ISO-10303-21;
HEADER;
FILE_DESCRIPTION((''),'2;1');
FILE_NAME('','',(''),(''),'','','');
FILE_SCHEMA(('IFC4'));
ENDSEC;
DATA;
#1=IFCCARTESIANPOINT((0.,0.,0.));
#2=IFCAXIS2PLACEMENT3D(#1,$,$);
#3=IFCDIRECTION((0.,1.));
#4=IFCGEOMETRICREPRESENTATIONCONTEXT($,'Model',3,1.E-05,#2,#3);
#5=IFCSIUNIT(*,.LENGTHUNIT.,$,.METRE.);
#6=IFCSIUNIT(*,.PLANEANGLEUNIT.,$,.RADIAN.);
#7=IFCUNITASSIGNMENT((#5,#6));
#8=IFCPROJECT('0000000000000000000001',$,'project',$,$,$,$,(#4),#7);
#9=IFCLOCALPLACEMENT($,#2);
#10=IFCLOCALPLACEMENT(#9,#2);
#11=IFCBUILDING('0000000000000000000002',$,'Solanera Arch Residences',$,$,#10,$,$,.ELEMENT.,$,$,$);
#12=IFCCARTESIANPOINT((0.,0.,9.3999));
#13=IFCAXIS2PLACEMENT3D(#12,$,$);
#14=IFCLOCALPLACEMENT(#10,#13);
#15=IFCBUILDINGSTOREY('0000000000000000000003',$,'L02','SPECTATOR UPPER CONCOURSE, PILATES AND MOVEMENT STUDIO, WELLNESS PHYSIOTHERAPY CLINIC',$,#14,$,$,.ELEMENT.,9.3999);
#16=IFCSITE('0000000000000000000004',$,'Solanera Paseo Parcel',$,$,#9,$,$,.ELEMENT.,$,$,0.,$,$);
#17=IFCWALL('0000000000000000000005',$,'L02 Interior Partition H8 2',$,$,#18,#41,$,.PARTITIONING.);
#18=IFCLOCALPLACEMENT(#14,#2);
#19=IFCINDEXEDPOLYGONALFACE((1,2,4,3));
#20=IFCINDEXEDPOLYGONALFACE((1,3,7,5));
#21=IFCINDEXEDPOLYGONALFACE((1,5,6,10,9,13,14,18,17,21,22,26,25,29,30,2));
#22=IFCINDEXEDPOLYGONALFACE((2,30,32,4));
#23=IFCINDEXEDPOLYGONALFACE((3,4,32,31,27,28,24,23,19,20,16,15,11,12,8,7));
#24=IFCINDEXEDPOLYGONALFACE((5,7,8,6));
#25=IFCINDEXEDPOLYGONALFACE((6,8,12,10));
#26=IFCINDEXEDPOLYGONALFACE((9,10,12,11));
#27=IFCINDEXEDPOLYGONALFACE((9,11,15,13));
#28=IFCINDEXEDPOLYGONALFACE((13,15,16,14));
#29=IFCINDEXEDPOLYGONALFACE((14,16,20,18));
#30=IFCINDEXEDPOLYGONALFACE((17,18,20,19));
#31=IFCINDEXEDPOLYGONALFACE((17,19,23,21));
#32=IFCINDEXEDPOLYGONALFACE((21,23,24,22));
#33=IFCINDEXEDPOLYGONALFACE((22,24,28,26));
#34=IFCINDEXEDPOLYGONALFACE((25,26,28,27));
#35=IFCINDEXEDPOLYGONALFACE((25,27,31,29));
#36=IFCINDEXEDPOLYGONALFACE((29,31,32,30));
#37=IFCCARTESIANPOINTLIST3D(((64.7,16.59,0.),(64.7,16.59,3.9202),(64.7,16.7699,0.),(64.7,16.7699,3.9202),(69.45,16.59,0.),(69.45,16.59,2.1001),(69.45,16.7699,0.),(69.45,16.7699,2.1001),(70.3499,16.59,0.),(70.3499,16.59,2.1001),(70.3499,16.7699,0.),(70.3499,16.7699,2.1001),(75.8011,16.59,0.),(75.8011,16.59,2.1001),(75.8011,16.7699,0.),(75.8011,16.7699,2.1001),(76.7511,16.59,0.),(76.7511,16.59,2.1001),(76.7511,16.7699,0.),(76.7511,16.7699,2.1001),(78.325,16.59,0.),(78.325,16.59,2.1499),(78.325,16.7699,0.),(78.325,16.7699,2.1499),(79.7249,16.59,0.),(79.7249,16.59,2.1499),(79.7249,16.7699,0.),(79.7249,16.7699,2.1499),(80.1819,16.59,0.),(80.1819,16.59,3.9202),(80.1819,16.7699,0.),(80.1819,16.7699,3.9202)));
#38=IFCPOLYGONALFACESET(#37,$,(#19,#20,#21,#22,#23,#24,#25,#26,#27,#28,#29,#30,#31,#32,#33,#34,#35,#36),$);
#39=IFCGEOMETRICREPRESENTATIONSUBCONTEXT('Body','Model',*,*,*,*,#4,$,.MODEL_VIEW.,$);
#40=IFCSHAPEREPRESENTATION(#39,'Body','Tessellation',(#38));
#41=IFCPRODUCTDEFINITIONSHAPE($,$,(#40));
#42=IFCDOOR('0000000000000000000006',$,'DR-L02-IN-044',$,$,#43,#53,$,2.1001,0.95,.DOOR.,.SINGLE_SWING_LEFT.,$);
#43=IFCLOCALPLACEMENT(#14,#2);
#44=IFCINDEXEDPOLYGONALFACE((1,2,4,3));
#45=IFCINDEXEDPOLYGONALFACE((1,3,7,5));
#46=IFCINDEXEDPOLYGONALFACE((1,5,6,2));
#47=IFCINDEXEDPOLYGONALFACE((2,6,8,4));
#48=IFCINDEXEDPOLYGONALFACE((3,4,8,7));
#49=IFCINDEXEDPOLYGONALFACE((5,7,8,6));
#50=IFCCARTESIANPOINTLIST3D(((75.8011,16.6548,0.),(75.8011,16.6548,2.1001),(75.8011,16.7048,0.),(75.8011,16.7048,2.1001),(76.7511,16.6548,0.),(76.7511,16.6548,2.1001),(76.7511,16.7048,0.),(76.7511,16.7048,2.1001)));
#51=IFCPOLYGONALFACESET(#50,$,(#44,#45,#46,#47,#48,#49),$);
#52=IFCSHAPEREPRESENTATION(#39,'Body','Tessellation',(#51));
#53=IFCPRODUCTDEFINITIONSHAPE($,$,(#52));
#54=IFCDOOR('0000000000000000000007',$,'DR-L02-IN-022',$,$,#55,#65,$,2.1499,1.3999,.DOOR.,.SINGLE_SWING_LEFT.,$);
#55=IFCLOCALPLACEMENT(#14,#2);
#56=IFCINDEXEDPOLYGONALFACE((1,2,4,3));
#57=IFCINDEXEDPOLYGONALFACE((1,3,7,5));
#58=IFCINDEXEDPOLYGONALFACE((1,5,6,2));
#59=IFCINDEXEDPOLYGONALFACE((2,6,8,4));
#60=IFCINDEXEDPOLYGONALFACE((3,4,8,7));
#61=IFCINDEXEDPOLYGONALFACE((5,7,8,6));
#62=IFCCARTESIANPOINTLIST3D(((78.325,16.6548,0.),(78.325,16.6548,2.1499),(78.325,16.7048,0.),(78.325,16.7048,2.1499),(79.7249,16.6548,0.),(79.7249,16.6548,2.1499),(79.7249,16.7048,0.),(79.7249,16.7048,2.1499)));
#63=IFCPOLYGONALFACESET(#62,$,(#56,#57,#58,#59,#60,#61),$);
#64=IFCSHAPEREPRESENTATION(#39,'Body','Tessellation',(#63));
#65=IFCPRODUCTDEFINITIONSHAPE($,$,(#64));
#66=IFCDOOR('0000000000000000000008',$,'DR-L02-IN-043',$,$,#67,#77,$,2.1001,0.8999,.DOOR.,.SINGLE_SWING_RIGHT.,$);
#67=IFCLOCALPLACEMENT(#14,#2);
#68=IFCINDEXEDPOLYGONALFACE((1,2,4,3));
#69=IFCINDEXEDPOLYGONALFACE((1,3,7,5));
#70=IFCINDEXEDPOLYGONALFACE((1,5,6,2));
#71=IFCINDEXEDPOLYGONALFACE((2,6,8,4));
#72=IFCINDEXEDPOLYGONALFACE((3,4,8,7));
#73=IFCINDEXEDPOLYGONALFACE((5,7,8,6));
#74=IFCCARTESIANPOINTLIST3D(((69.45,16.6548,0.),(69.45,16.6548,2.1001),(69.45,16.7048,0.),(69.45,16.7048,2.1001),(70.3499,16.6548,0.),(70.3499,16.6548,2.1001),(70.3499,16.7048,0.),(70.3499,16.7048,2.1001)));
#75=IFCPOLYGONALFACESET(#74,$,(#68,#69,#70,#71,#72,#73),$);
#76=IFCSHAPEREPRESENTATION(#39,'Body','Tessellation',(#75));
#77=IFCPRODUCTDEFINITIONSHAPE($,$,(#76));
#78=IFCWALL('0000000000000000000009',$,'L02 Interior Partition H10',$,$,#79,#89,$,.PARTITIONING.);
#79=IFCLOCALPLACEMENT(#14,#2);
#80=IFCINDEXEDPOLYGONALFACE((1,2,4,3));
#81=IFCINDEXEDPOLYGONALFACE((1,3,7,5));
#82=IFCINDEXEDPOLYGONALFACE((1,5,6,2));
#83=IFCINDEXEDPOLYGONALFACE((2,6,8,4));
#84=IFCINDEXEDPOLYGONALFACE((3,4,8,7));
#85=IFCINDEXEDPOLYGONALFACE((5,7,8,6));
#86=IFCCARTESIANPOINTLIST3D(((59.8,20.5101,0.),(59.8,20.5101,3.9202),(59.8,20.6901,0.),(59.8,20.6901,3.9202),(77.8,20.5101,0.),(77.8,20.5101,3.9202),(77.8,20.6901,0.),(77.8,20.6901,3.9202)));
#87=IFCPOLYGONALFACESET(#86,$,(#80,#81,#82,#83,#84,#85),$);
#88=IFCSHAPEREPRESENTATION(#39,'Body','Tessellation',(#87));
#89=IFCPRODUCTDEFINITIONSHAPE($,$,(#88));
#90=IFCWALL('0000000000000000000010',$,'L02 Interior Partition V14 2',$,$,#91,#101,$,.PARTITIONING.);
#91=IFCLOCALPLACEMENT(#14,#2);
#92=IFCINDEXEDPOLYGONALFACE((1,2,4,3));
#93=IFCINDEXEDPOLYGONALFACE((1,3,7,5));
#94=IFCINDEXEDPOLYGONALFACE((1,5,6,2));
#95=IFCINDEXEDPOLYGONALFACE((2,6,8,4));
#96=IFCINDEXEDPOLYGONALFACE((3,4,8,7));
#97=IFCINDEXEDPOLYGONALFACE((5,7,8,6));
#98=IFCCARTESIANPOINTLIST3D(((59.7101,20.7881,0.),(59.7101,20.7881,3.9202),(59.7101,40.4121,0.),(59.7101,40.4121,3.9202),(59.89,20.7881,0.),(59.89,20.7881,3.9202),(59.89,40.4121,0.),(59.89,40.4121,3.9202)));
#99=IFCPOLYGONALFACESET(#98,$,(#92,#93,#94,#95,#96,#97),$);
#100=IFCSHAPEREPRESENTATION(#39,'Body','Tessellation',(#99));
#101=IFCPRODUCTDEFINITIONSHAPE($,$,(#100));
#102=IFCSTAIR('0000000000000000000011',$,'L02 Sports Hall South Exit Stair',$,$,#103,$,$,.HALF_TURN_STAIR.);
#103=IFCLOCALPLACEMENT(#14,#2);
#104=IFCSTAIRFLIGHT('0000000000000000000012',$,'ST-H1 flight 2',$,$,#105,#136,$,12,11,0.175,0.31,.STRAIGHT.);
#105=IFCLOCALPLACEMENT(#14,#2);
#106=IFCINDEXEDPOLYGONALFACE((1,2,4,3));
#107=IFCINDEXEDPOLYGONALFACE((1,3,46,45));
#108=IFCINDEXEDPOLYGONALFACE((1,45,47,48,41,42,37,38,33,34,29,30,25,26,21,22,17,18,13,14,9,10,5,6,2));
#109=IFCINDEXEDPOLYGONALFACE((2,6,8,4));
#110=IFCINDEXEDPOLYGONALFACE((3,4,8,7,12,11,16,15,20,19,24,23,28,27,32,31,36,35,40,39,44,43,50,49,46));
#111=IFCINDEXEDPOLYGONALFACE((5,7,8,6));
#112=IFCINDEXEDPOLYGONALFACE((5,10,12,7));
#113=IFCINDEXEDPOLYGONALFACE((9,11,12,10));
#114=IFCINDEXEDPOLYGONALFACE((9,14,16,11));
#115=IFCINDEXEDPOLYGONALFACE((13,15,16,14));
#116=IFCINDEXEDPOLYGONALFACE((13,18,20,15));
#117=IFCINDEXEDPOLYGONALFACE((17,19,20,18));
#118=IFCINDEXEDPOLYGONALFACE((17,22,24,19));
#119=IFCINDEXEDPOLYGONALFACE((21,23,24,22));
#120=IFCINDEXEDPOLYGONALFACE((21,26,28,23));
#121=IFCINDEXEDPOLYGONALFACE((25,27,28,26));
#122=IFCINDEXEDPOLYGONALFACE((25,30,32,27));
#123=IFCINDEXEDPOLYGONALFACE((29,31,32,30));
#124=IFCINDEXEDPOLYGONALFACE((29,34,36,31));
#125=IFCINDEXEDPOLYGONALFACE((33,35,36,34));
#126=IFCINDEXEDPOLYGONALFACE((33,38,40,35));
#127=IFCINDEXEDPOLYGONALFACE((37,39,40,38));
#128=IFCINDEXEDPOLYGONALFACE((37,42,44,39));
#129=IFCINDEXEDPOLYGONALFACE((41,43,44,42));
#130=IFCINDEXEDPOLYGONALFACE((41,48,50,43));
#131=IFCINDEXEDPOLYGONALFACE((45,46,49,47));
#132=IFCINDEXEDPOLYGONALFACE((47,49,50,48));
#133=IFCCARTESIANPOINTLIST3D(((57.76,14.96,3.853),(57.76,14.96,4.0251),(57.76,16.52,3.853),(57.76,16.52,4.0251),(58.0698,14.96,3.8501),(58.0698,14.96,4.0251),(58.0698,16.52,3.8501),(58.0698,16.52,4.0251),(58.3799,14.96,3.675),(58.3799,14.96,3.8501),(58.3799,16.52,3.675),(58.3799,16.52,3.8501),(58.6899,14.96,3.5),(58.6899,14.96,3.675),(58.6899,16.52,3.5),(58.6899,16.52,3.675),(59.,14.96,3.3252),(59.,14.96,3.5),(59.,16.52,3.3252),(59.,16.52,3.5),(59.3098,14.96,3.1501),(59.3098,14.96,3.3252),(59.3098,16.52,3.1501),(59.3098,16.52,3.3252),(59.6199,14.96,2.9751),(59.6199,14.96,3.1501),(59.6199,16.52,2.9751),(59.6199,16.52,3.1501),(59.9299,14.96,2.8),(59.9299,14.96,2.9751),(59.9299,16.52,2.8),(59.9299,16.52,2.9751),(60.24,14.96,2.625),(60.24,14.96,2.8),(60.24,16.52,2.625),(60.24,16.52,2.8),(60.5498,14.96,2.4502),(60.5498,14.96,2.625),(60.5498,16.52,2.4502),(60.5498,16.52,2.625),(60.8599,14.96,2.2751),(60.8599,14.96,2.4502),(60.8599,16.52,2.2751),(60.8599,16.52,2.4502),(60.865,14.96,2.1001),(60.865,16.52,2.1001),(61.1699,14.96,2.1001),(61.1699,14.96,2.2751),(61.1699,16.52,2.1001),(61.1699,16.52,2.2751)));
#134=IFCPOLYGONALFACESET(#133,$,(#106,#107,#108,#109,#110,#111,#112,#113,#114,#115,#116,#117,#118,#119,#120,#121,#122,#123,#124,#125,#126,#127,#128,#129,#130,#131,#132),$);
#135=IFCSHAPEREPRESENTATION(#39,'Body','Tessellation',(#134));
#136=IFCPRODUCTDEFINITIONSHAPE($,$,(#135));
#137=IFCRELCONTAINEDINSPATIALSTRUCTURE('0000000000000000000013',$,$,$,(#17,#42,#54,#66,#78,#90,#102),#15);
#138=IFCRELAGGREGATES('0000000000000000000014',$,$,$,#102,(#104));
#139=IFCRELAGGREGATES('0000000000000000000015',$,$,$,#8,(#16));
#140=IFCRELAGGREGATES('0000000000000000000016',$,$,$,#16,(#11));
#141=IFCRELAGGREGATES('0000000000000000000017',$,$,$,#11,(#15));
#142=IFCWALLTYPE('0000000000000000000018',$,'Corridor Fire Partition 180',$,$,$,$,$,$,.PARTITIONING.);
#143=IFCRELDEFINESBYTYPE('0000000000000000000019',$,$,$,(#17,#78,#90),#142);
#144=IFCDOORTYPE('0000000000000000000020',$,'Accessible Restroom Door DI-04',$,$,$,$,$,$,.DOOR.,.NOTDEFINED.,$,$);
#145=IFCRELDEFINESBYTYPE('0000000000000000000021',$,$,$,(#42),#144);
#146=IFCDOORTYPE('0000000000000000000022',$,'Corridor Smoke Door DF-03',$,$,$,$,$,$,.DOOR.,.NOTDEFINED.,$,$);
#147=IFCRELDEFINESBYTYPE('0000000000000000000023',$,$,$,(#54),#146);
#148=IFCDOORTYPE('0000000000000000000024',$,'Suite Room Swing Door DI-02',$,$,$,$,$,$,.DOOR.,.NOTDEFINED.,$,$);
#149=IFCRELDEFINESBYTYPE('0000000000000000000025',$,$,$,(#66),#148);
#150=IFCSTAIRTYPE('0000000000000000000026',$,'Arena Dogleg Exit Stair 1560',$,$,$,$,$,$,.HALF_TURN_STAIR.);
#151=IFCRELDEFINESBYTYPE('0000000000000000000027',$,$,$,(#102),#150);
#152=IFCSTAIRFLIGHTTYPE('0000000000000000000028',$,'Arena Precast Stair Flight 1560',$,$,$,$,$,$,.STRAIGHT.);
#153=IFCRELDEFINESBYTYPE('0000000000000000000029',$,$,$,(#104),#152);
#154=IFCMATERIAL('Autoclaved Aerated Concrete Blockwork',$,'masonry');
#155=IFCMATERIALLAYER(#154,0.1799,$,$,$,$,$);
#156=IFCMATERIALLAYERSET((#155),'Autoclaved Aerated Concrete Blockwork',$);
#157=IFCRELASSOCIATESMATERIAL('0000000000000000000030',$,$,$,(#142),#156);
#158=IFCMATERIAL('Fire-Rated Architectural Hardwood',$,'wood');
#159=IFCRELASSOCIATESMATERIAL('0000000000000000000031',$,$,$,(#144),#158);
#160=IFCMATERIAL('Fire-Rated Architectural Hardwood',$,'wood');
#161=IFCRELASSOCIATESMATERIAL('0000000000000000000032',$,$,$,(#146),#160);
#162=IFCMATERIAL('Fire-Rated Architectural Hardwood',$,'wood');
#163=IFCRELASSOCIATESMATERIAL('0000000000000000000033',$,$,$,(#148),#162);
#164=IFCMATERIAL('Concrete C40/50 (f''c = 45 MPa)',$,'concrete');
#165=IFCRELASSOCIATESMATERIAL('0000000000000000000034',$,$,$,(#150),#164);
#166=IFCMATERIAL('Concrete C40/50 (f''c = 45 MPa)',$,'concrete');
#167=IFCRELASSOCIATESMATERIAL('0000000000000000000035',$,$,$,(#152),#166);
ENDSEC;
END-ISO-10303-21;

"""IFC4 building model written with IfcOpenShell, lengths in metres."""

from ifc_helpers import new_model, si_unit, direction, frame, frame_2d, origin, place, context, subcontext, project, spatial, polyline, rectangle, outline, extrude, material, layer, layer_set, type_object, element, fill, aggregate, save


model = new_model("IFC4")

# Units and contexts
model_context = context("Model", 3, precision=1e-05, world=origin(), true_north=direction((0.0, 1.0)))
body_context = subcontext(model_context, "Body", "Model", "MODEL_VIEW")
ifc_project = project(units=[si_unit("LENGTHUNIT", "METRE"), si_unit("PLANEANGLEUNIT", "RADIAN")], contexts=[model_context])

# Site, building, storey
site_placement = place(None, origin())
site = spatial("IfcSite", under=ifc_project, at=site_placement, Name="Solanera Paseo Parcel", CompositionType="ELEMENT", RefElevation=0.0)
building_placement = place(site_placement, origin())
building = spatial("IfcBuilding", under=site, at=building_placement, Name="Solanera Arch Residences", CompositionType="ELEMENT")
storey_placement = place(building_placement, frame((0.0, 0.0, 9.3999)))
storey = spatial("IfcBuildingStorey", under=building, at=storey_placement, Name="L02", Description="SPECTATOR UPPER CONCOURSE, PILATES AND MOVEMENT STUDIO, WELLNESS PHYSIOTHERAPY CLINIC", CompositionType="ELEMENT", Elevation=9.3999)

# Wall, openings, doors
ifc_material_1 = material(Name="Autoclaved Aerated Concrete Blockwork", Category="masonry")
ifc_layer_1 = layer(ifc_material_1, 0.1799)
ifc_layer_set_1 = layer_set([ifc_layer_1], Name="Autoclaved Aerated Concrete Blockwork")
wall_type_1 = type_object("IfcWallType", Name="Corridor Fire Partition 180", PredefinedType="PARTITIONING", material=ifc_layer_set_1)
wall_1_placement = place(storey_placement, frame((64.7, 16.6799, 0.0), z_axis=(0.0, 0.0, 1.0), x_axis=(1.0, 0.0, 0.0)))
wall_1 = element("IfcWall", 1, at=wall_1_placement, inside=storey, type_object=wall_type_1, Name="L02 Interior Partition H8 2", PredefinedType="PARTITIONING", context=body_context, shape_type="SweptSolid", body=[
    extrude(rectangle(XDim=15.4819, YDim=0.1799, at=frame_2d((7.741, 0.0))), origin(), (0.0, 0.0, 1.0), 3.9202),
])
opening_1_placement = place(wall_1_placement, frame((13.625, 0.0, 0.0)))
opening_1 = element("IfcOpeningElement", 2, at=opening_1_placement, cuts=wall_1, PredefinedType="OPENING", context=body_context, shape_type="SweptSolid", body=[
    extrude(rectangle(XDim=1.3999, YDim=2.1499, at=frame_2d((0.7, 1.075))), frame((0.0, 0.1001, 0.0), z_axis=(0.0, -1.0, 0.0), x_axis=(1.0, 0.0, 0.0)), (0.0, 0.0, 1.0), 0.1999),
])
opening_2_placement = place(wall_1_placement, frame((4.75, 0.0, 0.0)))
opening_2 = element("IfcOpeningElement", 3, at=opening_2_placement, cuts=wall_1, PredefinedType="OPENING", context=body_context, shape_type="SweptSolid", body=[
    extrude(rectangle(XDim=0.8999, YDim=2.1001, at=frame_2d((0.45, 1.05))), frame((0.0, 0.1001, 0.0), z_axis=(0.0, -1.0, 0.0), x_axis=(1.0, 0.0, 0.0)), (0.0, 0.0, 1.0), 0.1999),
])
opening_3_placement = place(wall_1_placement, frame((11.1011, 0.0, 0.0)))
opening_3 = element("IfcOpeningElement", 4, at=opening_3_placement, cuts=wall_1, PredefinedType="OPENING", context=body_context, shape_type="SweptSolid", body=[
    extrude(rectangle(XDim=0.95, YDim=2.1001, at=frame_2d((0.4751, 1.05))), frame((0.0, 0.1001, 0.0), z_axis=(0.0, -1.0, 0.0), x_axis=(1.0, 0.0, 0.0)), (0.0, 0.0, 1.0), 0.1999),
])
ifc_material_2 = material(Name="Fire-Rated Architectural Hardwood", Category="wood")
door_type_1 = type_object("IfcDoorType", Name="Accessible Restroom Door DI-04", OperationType="NOTDEFINED", PredefinedType="DOOR", material=ifc_material_2)
door_1_placement = place(opening_3_placement, origin())
door_1 = element("IfcDoor", 5, at=door_1_placement, inside=storey, type_object=door_type_1, Name="DR-L02-IN-044", OperationType="SINGLE_SWING_LEFT", OverallHeight=2.1001, OverallWidth=0.95, PredefinedType="DOOR", context=body_context, shape_type="SweptSolid", body=[
    extrude(rectangle(XDim=0.95, YDim=2.1001, at=frame_2d((0.4751, 1.05))), frame((0.0, 0.0249, 0.0), z_axis=(0.0, -1.0, 0.0), x_axis=(1.0, 0.0, 0.0)), (0.0, 0.0, 1.0), 0.05),
])
fill(opening_3, door_1)
ifc_material_3 = material(Name="Fire-Rated Architectural Hardwood", Category="wood")
door_type_2 = type_object("IfcDoorType", Name="Corridor Smoke Door DF-03", OperationType="NOTDEFINED", PredefinedType="DOOR", material=ifc_material_3)
door_2_placement = place(opening_1_placement, origin())
door_2 = element("IfcDoor", 6, at=door_2_placement, inside=storey, type_object=door_type_2, Name="DR-L02-IN-022", OperationType="SINGLE_SWING_LEFT", OverallHeight=2.1499, OverallWidth=1.3999, PredefinedType="DOOR", context=body_context, shape_type="SweptSolid", body=[
    extrude(rectangle(XDim=1.3999, YDim=2.1499, at=frame_2d((0.7, 1.075))), frame((0.0, 0.0249, 0.0), z_axis=(0.0, -1.0, 0.0), x_axis=(1.0, 0.0, 0.0)), (0.0, 0.0, 1.0), 0.05),
])
fill(opening_1, door_2)
ifc_material_4 = material(Name="Fire-Rated Architectural Hardwood", Category="wood")
door_type_3 = type_object("IfcDoorType", Name="Suite Room Swing Door DI-02", OperationType="NOTDEFINED", PredefinedType="DOOR", material=ifc_material_4)
door_3_placement = place(opening_2_placement, origin())
door_3 = element("IfcDoor", 7, at=door_3_placement, inside=storey, type_object=door_type_3, Name="DR-L02-IN-043", OperationType="SINGLE_SWING_RIGHT", OverallHeight=2.1001, OverallWidth=0.8999, PredefinedType="DOOR", context=body_context, shape_type="SweptSolid", body=[
    extrude(rectangle(XDim=0.8999, YDim=2.1001, at=frame_2d((0.45, 1.05))), frame((0.0, 0.0249, 0.0), z_axis=(0.0, -1.0, 0.0), x_axis=(1.0, 0.0, 0.0)), (0.0, 0.0, 1.0), 0.05),
])
fill(opening_2, door_3)

# Wall
wall_2_placement = place(storey_placement, frame((59.8, 20.6001, 0.0), z_axis=(0.0, 0.0, 1.0), x_axis=(1.0, 0.0, 0.0)))
element("IfcWall", 8, at=wall_2_placement, inside=storey, type_object=wall_type_1, Name="L02 Interior Partition H10", PredefinedType="PARTITIONING", context=body_context, shape_type="SweptSolid", body=[
    extrude(rectangle(XDim=18.0, YDim=0.1799, at=frame_2d((9.0, 0.0))), origin(), (0.0, 0.0, 1.0), 3.9202),
])

# Wall
wall_3_placement = place(storey_placement, frame((59.8, 20.7881, 0.0), z_axis=(0.0, 0.0, 1.0), x_axis=(0.0, 1.0, 0.0)))
element("IfcWall", 9, at=wall_3_placement, inside=storey, type_object=wall_type_1, Name="L02 Interior Partition V14 2", PredefinedType="PARTITIONING", context=body_context, shape_type="SweptSolid", body=[
    extrude(rectangle(XDim=19.624, YDim=0.1799, at=frame_2d((9.812, 0.0))), origin(), (0.0, 0.0, 1.0), 3.9202),
])

# Stair, stair flight
ifc_material_5 = material(Name="Concrete C40/50 (f'c = 45 MPa)", Category="concrete")
stair_type = type_object("IfcStairType", Name="Arena Dogleg Exit Stair 1560", PredefinedType="HALF_TURN_STAIR", material=ifc_material_5)
stair_placement = place(storey_placement, origin())
stair = element("IfcStair", 10, at=stair_placement, inside=storey, type_object=stair_type, Name="L02 Sports Hall South Exit Stair", PredefinedType="HALF_TURN_STAIR")
ifc_material_6 = material(Name="Concrete C40/50 (f'c = 45 MPa)", Category="concrete")
stair_flight_type = type_object("IfcStairFlightType", Name="Arena Precast Stair Flight 1560", PredefinedType="STRAIGHT", material=ifc_material_6)
stair_flight_placement = place(storey_placement, frame((61.1699, 15.74, 2.1001), z_axis=(0.0, 0.0, 1.0), x_axis=(-1.0, 0.0, 0.0)))
stair_flight = element("IfcStairFlight", 11, at=stair_flight_placement, type_object=stair_flight_type, Name="ST-H1 flight 2", NumberOfRisers=12, NumberOfTreads=11, PredefinedType="STRAIGHT", RiserHeight=0.175, TreadLength=0.31, context=body_context, shape_type="SweptSolid", body=[
    extrude(outline(polyline([(0.0, 0.0), (0.0, 0.175), (0.3101, 0.175), (0.3101, 0.3501), (0.6201, 0.3501), (0.6201, 0.5249), (0.9299, 0.5249), (0.9299, 0.7), (1.24, 0.7), (1.24, 0.875), (1.55, 0.875), (1.55, 1.05), (1.8601, 1.05), (1.8601, 1.2251), (2.1699, 1.2251), (2.1699, 1.3999), (2.48, 1.3999), (2.48, 1.575), (2.79, 1.575), (2.79, 1.75), (3.1001, 1.75), (3.1001, 1.925), (3.4099, 1.925), (3.4099, 2.1001), (3.4099, 1.7529), (0.3049, 0.0), (0.0, 0.0)])), frame((0.0, 0.78, 0.0), z_axis=(0.0, -1.0, 0.0), x_axis=(1.0, 0.0, 0.0)), (0.0, 0.0, 1.0), 1.5601),
])
aggregate(stair, [stair_flight])

save(model, "model.ifc")
